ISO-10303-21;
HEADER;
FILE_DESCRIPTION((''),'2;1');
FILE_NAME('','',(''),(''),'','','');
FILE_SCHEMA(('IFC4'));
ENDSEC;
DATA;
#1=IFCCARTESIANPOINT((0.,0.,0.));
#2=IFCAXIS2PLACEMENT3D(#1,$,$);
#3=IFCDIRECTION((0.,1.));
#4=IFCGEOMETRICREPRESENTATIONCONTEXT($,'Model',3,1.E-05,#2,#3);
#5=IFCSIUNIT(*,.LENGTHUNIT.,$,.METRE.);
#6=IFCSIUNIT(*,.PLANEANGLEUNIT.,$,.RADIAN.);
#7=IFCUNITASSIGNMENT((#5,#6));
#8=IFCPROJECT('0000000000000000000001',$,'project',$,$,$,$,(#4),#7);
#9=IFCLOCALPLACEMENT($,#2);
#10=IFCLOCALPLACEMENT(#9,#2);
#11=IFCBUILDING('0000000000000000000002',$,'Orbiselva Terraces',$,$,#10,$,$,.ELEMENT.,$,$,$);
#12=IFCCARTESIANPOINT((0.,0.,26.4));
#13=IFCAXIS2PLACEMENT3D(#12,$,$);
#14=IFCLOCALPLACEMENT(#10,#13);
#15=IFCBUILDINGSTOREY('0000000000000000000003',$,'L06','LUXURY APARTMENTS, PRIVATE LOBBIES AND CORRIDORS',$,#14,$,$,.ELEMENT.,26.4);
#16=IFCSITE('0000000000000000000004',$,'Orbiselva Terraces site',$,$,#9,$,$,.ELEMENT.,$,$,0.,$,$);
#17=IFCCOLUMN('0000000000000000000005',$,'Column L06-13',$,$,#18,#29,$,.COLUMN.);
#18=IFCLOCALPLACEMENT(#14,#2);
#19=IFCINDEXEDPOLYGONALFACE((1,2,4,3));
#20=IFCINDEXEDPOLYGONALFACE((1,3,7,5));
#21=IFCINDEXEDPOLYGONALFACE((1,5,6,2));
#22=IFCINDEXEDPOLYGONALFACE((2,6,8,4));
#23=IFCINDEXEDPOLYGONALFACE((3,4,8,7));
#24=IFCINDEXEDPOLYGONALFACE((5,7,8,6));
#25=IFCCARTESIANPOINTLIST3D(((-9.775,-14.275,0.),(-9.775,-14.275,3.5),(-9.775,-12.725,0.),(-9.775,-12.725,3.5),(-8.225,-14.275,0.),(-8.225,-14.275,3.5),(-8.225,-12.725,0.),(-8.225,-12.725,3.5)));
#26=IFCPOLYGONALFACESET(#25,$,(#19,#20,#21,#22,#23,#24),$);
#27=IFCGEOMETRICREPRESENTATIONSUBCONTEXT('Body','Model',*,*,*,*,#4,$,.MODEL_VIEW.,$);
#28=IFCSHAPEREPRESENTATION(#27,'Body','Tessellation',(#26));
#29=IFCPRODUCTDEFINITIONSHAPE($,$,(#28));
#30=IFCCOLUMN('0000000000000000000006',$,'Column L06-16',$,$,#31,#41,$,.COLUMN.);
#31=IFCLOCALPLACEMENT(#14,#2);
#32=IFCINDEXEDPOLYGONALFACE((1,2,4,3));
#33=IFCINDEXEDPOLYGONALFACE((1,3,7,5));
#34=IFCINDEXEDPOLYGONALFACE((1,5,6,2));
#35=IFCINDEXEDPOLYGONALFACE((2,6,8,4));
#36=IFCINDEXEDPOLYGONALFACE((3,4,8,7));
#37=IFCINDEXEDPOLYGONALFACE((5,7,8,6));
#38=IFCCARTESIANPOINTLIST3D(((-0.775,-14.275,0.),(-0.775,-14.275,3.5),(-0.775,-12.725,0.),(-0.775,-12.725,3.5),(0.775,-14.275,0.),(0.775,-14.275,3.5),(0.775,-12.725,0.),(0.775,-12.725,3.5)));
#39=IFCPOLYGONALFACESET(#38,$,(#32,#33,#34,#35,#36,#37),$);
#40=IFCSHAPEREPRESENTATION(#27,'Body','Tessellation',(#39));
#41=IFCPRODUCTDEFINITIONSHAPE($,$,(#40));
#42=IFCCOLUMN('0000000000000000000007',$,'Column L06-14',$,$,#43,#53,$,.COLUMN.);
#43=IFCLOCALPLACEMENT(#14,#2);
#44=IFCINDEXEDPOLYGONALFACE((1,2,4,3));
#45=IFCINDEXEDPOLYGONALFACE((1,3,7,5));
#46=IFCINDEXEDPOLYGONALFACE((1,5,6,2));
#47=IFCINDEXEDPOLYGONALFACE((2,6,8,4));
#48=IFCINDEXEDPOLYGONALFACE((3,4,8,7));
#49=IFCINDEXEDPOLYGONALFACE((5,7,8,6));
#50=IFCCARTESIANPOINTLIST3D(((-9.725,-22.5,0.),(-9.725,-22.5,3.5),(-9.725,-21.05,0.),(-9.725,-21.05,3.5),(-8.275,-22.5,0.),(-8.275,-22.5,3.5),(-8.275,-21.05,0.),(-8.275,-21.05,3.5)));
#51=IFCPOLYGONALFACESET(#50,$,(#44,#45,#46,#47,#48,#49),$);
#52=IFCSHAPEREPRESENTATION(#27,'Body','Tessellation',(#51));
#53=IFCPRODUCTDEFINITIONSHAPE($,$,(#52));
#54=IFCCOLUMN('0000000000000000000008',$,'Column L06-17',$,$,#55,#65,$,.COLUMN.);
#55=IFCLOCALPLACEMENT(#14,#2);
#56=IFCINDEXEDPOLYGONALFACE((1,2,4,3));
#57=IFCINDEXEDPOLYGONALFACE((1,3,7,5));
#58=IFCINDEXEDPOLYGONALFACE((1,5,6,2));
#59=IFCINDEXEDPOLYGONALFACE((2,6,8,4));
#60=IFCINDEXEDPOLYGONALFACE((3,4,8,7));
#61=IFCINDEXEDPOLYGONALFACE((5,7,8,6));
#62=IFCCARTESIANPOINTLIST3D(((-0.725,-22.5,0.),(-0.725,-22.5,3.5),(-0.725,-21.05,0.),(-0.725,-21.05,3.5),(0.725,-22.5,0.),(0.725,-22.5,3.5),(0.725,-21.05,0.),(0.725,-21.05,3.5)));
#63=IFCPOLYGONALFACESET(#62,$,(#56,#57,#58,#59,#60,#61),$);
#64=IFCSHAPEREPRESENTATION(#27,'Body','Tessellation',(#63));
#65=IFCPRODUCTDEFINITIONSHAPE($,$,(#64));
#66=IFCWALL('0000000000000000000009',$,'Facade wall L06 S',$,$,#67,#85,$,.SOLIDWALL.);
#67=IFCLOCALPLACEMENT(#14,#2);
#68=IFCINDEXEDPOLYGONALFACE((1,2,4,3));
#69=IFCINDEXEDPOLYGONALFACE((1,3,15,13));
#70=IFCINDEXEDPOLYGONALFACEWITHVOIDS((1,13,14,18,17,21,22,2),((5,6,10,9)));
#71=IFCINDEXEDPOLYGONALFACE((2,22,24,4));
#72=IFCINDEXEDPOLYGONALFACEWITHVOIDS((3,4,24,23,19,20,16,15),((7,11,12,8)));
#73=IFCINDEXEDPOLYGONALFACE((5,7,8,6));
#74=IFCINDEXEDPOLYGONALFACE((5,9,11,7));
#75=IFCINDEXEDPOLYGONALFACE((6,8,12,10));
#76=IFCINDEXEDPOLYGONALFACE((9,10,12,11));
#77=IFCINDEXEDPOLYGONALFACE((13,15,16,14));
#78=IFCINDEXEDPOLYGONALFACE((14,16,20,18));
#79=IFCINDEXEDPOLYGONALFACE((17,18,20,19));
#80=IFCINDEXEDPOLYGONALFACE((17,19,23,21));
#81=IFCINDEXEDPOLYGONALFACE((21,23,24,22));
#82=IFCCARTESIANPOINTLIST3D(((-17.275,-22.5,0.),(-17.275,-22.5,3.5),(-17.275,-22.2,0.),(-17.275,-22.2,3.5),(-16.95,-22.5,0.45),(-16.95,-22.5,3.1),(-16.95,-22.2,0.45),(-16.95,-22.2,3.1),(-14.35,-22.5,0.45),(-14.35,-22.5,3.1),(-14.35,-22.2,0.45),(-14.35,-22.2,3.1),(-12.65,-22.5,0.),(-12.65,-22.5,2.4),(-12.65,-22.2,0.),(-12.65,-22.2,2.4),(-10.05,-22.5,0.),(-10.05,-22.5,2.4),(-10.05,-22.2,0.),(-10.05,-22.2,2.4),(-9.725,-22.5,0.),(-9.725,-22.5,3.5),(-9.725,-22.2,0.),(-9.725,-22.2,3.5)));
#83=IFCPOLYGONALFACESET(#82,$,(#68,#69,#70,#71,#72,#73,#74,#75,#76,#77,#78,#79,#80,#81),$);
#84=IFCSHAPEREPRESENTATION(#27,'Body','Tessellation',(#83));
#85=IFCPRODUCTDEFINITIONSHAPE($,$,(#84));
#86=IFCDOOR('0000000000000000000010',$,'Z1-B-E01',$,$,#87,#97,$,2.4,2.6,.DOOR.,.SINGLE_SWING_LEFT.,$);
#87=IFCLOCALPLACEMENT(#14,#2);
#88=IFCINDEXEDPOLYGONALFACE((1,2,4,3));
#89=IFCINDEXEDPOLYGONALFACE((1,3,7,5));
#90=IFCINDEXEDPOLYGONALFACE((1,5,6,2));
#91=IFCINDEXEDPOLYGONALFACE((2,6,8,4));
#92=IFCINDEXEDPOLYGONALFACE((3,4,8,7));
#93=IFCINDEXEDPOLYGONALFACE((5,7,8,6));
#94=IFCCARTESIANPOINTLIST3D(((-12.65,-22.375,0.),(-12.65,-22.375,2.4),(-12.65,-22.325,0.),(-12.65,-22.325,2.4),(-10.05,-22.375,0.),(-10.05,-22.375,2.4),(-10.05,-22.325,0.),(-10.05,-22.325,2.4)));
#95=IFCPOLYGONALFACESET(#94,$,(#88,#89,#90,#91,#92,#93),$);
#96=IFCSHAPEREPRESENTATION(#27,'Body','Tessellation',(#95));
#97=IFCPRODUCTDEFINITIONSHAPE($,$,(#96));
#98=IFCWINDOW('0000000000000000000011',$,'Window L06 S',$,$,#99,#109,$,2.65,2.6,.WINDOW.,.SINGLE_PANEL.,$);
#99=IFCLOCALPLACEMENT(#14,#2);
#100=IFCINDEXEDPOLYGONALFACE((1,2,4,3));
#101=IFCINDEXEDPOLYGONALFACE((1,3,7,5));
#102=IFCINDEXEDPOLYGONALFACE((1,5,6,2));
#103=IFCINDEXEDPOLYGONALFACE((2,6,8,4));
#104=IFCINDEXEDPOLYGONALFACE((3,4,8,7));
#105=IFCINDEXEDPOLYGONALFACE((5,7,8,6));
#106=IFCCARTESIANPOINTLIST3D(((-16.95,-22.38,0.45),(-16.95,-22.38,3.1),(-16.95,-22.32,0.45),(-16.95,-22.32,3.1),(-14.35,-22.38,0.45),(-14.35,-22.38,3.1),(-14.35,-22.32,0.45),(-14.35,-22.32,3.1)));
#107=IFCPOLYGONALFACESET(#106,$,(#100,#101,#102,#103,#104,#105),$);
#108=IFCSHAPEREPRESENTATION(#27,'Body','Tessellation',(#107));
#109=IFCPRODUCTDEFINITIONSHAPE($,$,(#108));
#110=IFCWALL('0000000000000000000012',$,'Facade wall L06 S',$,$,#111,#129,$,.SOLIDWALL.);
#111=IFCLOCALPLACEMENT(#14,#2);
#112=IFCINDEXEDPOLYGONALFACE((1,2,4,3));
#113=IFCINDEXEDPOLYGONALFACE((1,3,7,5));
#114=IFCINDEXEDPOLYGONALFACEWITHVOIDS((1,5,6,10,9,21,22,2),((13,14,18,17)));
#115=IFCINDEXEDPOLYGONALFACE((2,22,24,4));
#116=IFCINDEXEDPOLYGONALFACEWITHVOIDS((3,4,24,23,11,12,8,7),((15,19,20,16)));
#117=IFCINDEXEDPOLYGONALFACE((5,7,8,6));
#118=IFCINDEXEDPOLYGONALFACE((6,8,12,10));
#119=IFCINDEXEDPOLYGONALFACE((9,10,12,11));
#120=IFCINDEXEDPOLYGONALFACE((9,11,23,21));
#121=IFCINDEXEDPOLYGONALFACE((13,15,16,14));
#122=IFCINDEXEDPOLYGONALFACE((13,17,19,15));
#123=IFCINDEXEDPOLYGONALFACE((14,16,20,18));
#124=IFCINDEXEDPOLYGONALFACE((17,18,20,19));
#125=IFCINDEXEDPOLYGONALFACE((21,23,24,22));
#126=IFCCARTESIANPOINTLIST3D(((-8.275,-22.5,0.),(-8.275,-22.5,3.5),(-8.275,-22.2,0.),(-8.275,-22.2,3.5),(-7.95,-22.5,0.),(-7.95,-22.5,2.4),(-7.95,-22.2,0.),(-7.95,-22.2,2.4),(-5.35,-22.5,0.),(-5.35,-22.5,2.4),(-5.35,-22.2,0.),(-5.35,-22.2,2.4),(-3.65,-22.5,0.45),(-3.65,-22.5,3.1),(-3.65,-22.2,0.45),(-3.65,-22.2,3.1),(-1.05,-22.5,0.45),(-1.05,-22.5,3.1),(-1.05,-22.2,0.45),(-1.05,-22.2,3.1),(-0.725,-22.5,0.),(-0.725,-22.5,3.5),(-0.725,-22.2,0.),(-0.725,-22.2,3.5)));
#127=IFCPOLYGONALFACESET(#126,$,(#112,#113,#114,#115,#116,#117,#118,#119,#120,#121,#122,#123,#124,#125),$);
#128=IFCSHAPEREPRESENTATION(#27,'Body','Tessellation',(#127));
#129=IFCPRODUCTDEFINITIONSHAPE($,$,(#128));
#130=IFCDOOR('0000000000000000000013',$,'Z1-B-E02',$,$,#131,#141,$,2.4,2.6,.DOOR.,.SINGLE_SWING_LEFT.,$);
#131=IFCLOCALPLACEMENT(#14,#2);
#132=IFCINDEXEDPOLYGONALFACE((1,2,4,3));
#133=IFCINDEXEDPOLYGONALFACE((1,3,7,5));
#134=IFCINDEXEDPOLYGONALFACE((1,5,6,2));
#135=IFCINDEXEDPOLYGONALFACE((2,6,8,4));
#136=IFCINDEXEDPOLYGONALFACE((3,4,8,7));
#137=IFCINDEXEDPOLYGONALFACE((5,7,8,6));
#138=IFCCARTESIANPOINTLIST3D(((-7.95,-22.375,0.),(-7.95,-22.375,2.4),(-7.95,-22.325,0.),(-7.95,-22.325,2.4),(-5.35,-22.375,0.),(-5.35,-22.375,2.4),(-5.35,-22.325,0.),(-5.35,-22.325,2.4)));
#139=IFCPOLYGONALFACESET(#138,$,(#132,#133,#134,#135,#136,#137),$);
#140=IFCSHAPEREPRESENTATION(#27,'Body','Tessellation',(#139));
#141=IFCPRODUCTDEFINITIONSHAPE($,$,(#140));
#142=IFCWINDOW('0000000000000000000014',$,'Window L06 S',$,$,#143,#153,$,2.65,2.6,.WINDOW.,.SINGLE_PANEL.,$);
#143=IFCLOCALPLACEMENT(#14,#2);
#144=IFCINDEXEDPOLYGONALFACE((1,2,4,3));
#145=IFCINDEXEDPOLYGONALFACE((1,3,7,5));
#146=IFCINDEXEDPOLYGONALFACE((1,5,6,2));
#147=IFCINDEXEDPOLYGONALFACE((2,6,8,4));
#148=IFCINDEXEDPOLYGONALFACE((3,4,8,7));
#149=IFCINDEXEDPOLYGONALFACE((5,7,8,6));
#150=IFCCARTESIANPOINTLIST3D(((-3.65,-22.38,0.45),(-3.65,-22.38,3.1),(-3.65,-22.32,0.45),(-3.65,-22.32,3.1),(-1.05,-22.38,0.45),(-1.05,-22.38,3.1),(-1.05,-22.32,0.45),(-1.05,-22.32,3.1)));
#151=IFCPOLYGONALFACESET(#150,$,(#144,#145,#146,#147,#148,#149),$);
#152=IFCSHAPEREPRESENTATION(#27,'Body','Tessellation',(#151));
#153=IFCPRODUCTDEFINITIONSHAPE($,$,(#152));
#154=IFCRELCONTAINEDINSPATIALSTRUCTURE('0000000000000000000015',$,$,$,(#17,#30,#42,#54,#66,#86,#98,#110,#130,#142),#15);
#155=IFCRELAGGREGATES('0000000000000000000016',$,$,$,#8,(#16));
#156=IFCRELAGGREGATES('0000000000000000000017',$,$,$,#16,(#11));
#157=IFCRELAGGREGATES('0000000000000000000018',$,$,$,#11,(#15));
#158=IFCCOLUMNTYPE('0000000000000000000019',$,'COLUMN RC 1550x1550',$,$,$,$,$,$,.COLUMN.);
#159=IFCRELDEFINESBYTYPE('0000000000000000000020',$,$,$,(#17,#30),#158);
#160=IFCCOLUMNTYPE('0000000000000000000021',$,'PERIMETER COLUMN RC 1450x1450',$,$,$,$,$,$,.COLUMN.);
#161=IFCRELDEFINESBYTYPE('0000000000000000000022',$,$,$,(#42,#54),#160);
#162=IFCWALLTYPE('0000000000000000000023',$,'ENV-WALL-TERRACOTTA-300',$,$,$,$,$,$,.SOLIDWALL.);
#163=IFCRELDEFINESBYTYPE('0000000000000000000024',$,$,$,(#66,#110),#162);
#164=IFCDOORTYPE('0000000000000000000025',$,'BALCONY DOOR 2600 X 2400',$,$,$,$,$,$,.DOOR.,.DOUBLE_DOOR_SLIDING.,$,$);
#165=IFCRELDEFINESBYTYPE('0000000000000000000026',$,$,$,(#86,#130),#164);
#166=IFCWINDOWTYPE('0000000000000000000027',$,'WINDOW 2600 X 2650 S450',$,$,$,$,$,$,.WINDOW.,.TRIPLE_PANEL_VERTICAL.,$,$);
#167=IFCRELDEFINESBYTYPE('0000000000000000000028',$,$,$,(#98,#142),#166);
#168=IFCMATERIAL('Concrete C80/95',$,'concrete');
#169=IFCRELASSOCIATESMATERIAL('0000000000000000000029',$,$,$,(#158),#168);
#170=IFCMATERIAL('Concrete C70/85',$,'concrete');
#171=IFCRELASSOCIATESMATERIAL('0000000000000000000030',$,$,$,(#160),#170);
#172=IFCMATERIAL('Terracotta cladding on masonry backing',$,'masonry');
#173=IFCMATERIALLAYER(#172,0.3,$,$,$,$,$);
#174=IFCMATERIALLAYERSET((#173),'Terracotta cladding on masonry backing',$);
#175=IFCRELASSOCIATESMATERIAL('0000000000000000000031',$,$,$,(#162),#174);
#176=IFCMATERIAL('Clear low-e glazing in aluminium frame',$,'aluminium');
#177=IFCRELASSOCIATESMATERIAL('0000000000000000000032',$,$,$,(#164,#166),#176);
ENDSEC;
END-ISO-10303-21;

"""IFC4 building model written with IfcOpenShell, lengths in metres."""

from ifc_helpers import new_model, si_unit, direction, frame, frame_2d, origin, origin_2d, place, context, subcontext, project, spatial, rectangle, extrude, material, layer, layer_set, material_profile, profile_set, type_object, element, fill, save


model = new_model("IFC4")

# Units and contexts
model_context = context("Model", 3, precision=1e-05, world=origin(), true_north=direction((0.0, 1.0)))
body_context = subcontext(model_context, "Body", "Model", "MODEL_VIEW")
ifc_project = project(units=[si_unit("LENGTHUNIT", "METRE"), si_unit("PLANEANGLEUNIT", "RADIAN")], contexts=[model_context])

# Site, building, storey
site_placement = place(None, origin())
site = spatial("IfcSite", under=ifc_project, at=site_placement, Name="Orbiselva Terraces site", CompositionType="ELEMENT", RefElevation=0.0)
building_placement = place(site_placement, origin())
building = spatial("IfcBuilding", under=site, at=building_placement, Name="Orbiselva Terraces", CompositionType="ELEMENT")
storey_placement = place(building_placement, frame((0.0, 0.0, 26.4)))
storey = spatial("IfcBuildingStorey", under=building, at=storey_placement, Name="L06", Description="LUXURY APARTMENTS, PRIVATE LOBBIES AND CORRIDORS", CompositionType="ELEMENT", Elevation=26.4)

# Columns
ifc_material_1 = material(Name="Concrete C80/95", Category="concrete")
ifc_material_profile_1 = material_profile(ifc_material_1, rectangle(XDim=1.55, YDim=1.55, at=origin_2d()), Name="RC 1550x1550")
ifc_profile_set_1 = profile_set([ifc_material_profile_1], Name="Concrete C80/95")
column_type_1 = type_object("IfcColumnType", Name="COLUMN RC 1550x1550", PredefinedType="COLUMN", material=ifc_profile_set_1)
for number, where, z_axis, x_axis, name in (
    (1, (-9.0, -13.5, 0.0), (0.0, 0.0, 1.0), (1.0, 0.0, 0.0), "Column L06-13"),
    (2, (0.0, -13.5, 0.0), (0.0, 0.0, 1.0), (1.0, 0.0, 0.0), "Column L06-16"),
):
    element("IfcColumn", number, at=place(storey_placement, frame(where, z_axis=z_axis, x_axis=x_axis)), inside=storey, type_object=column_type_1, Name=name, PredefinedType="COLUMN", context=body_context, shape_type="SweptSolid", body=[
        extrude(rectangle(XDim=1.55, YDim=1.55, at=origin_2d()), origin(), (0.0, 0.0, 1.0), 3.5),
    ])
ifc_material_2 = material(Name="Concrete C70/85", Category="concrete")
ifc_material_profile_2 = material_profile(ifc_material_2, rectangle(XDim=1.45, YDim=1.45, at=origin_2d()), Name="RC 1450x1450")
ifc_profile_set_2 = profile_set([ifc_material_profile_2], Name="Concrete C70/85")
column_type_2 = type_object("IfcColumnType", Name="PERIMETER COLUMN RC 1450x1450", PredefinedType="COLUMN", material=ifc_profile_set_2)
for number, where, z_axis, x_axis, name in (
    (3, (-9.0, -21.775, 0.0), (0.0, 0.0, 1.0), (1.0, 0.0, 0.0), "Column L06-14"),
    (4, (0.0, -21.775, 0.0), (0.0, 0.0, 1.0), (1.0, 0.0, 0.0), "Column L06-17"),
):
    element("IfcColumn", number, at=place(storey_placement, frame(where, z_axis=z_axis, x_axis=x_axis)), inside=storey, type_object=column_type_2, Name=name, PredefinedType="COLUMN", context=body_context, shape_type="SweptSolid", body=[
        extrude(rectangle(XDim=1.45, YDim=1.45, at=origin_2d()), origin(), (0.0, 0.0, 1.0), 3.5),
    ])

# Walls, openings, doors, windows
ifc_material_3 = material(Name="Terracotta cladding on masonry backing", Category="masonry")
ifc_layer_1 = layer(ifc_material_3, 0.3)
ifc_layer_set_1 = layer_set([ifc_layer_1], Name="Terracotta cladding on masonry backing")
wall_type_1 = type_object("IfcWallType", Name="ENV-WALL-TERRACOTTA-300", PredefinedType="SOLIDWALL", material=ifc_layer_set_1)
wall_1_placement = place(storey_placement, frame((-9.725, -22.35, 0.0), z_axis=(0.0, 0.0, 1.0), x_axis=(-1.0, 0.0, 0.0)))
wall_1 = element("IfcWall", 5, at=wall_1_placement, inside=storey, type_object=wall_type_1, Name="Facade wall L06 S", PredefinedType="SOLIDWALL", context=body_context, shape_type="SweptSolid", body=[
    extrude(rectangle(XDim=7.55, YDim=0.3, at=frame_2d((3.775, 0.0))), origin(), (0.0, 0.0, 1.0), 3.5),
])
opening_1_placement = place(wall_1_placement, frame((4.625, 0.0, 0.45)))
opening_1 = element("IfcOpeningElement", 6, at=opening_1_placement, cuts=wall_1, PredefinedType="OPENING", context=body_context, shape_type="SweptSolid", body=[
    extrude(rectangle(XDim=2.6, YDim=2.65, at=frame_2d((1.3, 1.325))), frame((0.0, 0.16, 0.0), z_axis=(0.0, -1.0, 0.0), x_axis=(1.0, 0.0, 0.0)), (0.0, 0.0, 1.0), 0.32),
])
opening_2_placement = place(wall_1_placement, frame((0.325, 0.0, 0.0)))
opening_2 = element("IfcOpeningElement", 7, at=opening_2_placement, cuts=wall_1, PredefinedType="OPENING", context=body_context, shape_type="SweptSolid", body=[
    extrude(rectangle(XDim=2.6, YDim=2.4, at=frame_2d((1.3, 1.2))), frame((0.0, 0.16, 0.0), z_axis=(0.0, -1.0, 0.0), x_axis=(1.0, 0.0, 0.0)), (0.0, 0.0, 1.0), 0.32),
])
ifc_material_4 = material(Name="Clear low-e glazing in aluminium frame", Category="aluminium")
door_type_1 = type_object("IfcDoorType", Name="BALCONY DOOR 2600 X 2400", OperationType="DOUBLE_DOOR_SLIDING", PredefinedType="DOOR", material=ifc_material_4)
door_1_placement = place(opening_2_placement, origin())
door_1 = element("IfcDoor", 8, at=door_1_placement, inside=storey, type_object=door_type_1, Name="Z1-B-E01", OperationType="SINGLE_SWING_LEFT", OverallHeight=2.4, OverallWidth=2.6, PredefinedType="DOOR", context=body_context, shape_type="SweptSolid", body=[
    extrude(rectangle(XDim=2.6, YDim=2.4, at=frame_2d((1.3, 1.2))), frame((0.0, 0.025, 0.0), z_axis=(0.0, -1.0, 0.0), x_axis=(1.0, 0.0, 0.0)), (0.0, 0.0, 1.0), 0.05),
])
fill(opening_2, door_1)
window_type = type_object("IfcWindowType", Name="WINDOW 2600 X 2650 S450", PartitioningType="TRIPLE_PANEL_VERTICAL", PredefinedType="WINDOW", material=ifc_material_4)
window_1_placement = place(opening_1_placement, origin())
window_1 = element("IfcWindow", 9, at=window_1_placement, inside=storey, type_object=window_type, Name="Window L06 S", OverallHeight=2.65, OverallWidth=2.6, PartitioningType="SINGLE_PANEL", PredefinedType="WINDOW", context=body_context, shape_type="SweptSolid", body=[
    extrude(rectangle(XDim=2.6, YDim=2.65, at=frame_2d((1.3, 1.325))), frame((0.0, 0.03, 0.0), z_axis=(0.0, -1.0, 0.0), x_axis=(1.0, 0.0, 0.0)), (0.0, 0.0, 1.0), 0.06),
])
fill(opening_1, window_1)
wall_2_placement = place(storey_placement, frame((-0.725, -22.35, 0.0), z_axis=(0.0, 0.0, 1.0), x_axis=(-1.0, 0.0, 0.0)))
wall_2 = element("IfcWall", 10, at=wall_2_placement, inside=storey, type_object=wall_type_1, Name="Facade wall L06 S", PredefinedType="SOLIDWALL", context=body_context, shape_type="SweptSolid", body=[
    extrude(rectangle(XDim=7.55, YDim=0.3, at=frame_2d((3.775, 0.0))), origin(), (0.0, 0.0, 1.0), 3.5),
])
opening_3_placement = place(wall_2_placement, frame((4.625, 0.0, 0.0)))
opening_3 = element("IfcOpeningElement", 11, at=opening_3_placement, cuts=wall_2, PredefinedType="OPENING", context=body_context, shape_type="SweptSolid", body=[
    extrude(rectangle(XDim=2.6, YDim=2.4, at=frame_2d((1.3, 1.2))), frame((0.0, 0.16, 0.0), z_axis=(0.0, -1.0, 0.0), x_axis=(1.0, 0.0, 0.0)), (0.0, 0.0, 1.0), 0.32),
])
opening_4_placement = place(wall_2_placement, frame((0.325, 0.0, 0.45)))
opening_4 = element("IfcOpeningElement", 12, at=opening_4_placement, cuts=wall_2, PredefinedType="OPENING", context=body_context, shape_type="SweptSolid", body=[
    extrude(rectangle(XDim=2.6, YDim=2.65, at=frame_2d((1.3, 1.325))), frame((0.0, 0.16, 0.0), z_axis=(0.0, -1.0, 0.0), x_axis=(1.0, 0.0, 0.0)), (0.0, 0.0, 1.0), 0.32),
])
door_2_placement = place(opening_3_placement, origin())
door_2 = element("IfcDoor", 13, at=door_2_placement, inside=storey, type_object=door_type_1, Name="Z1-B-E02", OperationType="SINGLE_SWING_LEFT", OverallHeight=2.4, OverallWidth=2.6, PredefinedType="DOOR", context=body_context, shape_type="SweptSolid", body=[
    extrude(rectangle(XDim=2.6, YDim=2.4, at=frame_2d((1.3, 1.2))), frame((0.0, 0.025, 0.0), z_axis=(0.0, -1.0, 0.0), x_axis=(1.0, 0.0, 0.0)), (0.0, 0.0, 1.0), 0.05),
])
fill(opening_3, door_2)
window_2_placement = place(opening_4_placement, origin())
window_2 = element("IfcWindow", 14, at=window_2_placement, inside=storey, type_object=window_type, Name="Window L06 S", OverallHeight=2.65, OverallWidth=2.6, PartitioningType="SINGLE_PANEL", PredefinedType="WINDOW", context=body_context, shape_type="SweptSolid", body=[
    extrude(rectangle(XDim=2.6, YDim=2.65, at=frame_2d((1.3, 1.325))), frame((0.0, 0.03, 0.0), z_axis=(0.0, -1.0, 0.0), x_axis=(1.0, 0.0, 0.0)), (0.0, 0.0, 1.0), 0.06),
])
fill(opening_4, window_2)

save(model, "model.ifc")
